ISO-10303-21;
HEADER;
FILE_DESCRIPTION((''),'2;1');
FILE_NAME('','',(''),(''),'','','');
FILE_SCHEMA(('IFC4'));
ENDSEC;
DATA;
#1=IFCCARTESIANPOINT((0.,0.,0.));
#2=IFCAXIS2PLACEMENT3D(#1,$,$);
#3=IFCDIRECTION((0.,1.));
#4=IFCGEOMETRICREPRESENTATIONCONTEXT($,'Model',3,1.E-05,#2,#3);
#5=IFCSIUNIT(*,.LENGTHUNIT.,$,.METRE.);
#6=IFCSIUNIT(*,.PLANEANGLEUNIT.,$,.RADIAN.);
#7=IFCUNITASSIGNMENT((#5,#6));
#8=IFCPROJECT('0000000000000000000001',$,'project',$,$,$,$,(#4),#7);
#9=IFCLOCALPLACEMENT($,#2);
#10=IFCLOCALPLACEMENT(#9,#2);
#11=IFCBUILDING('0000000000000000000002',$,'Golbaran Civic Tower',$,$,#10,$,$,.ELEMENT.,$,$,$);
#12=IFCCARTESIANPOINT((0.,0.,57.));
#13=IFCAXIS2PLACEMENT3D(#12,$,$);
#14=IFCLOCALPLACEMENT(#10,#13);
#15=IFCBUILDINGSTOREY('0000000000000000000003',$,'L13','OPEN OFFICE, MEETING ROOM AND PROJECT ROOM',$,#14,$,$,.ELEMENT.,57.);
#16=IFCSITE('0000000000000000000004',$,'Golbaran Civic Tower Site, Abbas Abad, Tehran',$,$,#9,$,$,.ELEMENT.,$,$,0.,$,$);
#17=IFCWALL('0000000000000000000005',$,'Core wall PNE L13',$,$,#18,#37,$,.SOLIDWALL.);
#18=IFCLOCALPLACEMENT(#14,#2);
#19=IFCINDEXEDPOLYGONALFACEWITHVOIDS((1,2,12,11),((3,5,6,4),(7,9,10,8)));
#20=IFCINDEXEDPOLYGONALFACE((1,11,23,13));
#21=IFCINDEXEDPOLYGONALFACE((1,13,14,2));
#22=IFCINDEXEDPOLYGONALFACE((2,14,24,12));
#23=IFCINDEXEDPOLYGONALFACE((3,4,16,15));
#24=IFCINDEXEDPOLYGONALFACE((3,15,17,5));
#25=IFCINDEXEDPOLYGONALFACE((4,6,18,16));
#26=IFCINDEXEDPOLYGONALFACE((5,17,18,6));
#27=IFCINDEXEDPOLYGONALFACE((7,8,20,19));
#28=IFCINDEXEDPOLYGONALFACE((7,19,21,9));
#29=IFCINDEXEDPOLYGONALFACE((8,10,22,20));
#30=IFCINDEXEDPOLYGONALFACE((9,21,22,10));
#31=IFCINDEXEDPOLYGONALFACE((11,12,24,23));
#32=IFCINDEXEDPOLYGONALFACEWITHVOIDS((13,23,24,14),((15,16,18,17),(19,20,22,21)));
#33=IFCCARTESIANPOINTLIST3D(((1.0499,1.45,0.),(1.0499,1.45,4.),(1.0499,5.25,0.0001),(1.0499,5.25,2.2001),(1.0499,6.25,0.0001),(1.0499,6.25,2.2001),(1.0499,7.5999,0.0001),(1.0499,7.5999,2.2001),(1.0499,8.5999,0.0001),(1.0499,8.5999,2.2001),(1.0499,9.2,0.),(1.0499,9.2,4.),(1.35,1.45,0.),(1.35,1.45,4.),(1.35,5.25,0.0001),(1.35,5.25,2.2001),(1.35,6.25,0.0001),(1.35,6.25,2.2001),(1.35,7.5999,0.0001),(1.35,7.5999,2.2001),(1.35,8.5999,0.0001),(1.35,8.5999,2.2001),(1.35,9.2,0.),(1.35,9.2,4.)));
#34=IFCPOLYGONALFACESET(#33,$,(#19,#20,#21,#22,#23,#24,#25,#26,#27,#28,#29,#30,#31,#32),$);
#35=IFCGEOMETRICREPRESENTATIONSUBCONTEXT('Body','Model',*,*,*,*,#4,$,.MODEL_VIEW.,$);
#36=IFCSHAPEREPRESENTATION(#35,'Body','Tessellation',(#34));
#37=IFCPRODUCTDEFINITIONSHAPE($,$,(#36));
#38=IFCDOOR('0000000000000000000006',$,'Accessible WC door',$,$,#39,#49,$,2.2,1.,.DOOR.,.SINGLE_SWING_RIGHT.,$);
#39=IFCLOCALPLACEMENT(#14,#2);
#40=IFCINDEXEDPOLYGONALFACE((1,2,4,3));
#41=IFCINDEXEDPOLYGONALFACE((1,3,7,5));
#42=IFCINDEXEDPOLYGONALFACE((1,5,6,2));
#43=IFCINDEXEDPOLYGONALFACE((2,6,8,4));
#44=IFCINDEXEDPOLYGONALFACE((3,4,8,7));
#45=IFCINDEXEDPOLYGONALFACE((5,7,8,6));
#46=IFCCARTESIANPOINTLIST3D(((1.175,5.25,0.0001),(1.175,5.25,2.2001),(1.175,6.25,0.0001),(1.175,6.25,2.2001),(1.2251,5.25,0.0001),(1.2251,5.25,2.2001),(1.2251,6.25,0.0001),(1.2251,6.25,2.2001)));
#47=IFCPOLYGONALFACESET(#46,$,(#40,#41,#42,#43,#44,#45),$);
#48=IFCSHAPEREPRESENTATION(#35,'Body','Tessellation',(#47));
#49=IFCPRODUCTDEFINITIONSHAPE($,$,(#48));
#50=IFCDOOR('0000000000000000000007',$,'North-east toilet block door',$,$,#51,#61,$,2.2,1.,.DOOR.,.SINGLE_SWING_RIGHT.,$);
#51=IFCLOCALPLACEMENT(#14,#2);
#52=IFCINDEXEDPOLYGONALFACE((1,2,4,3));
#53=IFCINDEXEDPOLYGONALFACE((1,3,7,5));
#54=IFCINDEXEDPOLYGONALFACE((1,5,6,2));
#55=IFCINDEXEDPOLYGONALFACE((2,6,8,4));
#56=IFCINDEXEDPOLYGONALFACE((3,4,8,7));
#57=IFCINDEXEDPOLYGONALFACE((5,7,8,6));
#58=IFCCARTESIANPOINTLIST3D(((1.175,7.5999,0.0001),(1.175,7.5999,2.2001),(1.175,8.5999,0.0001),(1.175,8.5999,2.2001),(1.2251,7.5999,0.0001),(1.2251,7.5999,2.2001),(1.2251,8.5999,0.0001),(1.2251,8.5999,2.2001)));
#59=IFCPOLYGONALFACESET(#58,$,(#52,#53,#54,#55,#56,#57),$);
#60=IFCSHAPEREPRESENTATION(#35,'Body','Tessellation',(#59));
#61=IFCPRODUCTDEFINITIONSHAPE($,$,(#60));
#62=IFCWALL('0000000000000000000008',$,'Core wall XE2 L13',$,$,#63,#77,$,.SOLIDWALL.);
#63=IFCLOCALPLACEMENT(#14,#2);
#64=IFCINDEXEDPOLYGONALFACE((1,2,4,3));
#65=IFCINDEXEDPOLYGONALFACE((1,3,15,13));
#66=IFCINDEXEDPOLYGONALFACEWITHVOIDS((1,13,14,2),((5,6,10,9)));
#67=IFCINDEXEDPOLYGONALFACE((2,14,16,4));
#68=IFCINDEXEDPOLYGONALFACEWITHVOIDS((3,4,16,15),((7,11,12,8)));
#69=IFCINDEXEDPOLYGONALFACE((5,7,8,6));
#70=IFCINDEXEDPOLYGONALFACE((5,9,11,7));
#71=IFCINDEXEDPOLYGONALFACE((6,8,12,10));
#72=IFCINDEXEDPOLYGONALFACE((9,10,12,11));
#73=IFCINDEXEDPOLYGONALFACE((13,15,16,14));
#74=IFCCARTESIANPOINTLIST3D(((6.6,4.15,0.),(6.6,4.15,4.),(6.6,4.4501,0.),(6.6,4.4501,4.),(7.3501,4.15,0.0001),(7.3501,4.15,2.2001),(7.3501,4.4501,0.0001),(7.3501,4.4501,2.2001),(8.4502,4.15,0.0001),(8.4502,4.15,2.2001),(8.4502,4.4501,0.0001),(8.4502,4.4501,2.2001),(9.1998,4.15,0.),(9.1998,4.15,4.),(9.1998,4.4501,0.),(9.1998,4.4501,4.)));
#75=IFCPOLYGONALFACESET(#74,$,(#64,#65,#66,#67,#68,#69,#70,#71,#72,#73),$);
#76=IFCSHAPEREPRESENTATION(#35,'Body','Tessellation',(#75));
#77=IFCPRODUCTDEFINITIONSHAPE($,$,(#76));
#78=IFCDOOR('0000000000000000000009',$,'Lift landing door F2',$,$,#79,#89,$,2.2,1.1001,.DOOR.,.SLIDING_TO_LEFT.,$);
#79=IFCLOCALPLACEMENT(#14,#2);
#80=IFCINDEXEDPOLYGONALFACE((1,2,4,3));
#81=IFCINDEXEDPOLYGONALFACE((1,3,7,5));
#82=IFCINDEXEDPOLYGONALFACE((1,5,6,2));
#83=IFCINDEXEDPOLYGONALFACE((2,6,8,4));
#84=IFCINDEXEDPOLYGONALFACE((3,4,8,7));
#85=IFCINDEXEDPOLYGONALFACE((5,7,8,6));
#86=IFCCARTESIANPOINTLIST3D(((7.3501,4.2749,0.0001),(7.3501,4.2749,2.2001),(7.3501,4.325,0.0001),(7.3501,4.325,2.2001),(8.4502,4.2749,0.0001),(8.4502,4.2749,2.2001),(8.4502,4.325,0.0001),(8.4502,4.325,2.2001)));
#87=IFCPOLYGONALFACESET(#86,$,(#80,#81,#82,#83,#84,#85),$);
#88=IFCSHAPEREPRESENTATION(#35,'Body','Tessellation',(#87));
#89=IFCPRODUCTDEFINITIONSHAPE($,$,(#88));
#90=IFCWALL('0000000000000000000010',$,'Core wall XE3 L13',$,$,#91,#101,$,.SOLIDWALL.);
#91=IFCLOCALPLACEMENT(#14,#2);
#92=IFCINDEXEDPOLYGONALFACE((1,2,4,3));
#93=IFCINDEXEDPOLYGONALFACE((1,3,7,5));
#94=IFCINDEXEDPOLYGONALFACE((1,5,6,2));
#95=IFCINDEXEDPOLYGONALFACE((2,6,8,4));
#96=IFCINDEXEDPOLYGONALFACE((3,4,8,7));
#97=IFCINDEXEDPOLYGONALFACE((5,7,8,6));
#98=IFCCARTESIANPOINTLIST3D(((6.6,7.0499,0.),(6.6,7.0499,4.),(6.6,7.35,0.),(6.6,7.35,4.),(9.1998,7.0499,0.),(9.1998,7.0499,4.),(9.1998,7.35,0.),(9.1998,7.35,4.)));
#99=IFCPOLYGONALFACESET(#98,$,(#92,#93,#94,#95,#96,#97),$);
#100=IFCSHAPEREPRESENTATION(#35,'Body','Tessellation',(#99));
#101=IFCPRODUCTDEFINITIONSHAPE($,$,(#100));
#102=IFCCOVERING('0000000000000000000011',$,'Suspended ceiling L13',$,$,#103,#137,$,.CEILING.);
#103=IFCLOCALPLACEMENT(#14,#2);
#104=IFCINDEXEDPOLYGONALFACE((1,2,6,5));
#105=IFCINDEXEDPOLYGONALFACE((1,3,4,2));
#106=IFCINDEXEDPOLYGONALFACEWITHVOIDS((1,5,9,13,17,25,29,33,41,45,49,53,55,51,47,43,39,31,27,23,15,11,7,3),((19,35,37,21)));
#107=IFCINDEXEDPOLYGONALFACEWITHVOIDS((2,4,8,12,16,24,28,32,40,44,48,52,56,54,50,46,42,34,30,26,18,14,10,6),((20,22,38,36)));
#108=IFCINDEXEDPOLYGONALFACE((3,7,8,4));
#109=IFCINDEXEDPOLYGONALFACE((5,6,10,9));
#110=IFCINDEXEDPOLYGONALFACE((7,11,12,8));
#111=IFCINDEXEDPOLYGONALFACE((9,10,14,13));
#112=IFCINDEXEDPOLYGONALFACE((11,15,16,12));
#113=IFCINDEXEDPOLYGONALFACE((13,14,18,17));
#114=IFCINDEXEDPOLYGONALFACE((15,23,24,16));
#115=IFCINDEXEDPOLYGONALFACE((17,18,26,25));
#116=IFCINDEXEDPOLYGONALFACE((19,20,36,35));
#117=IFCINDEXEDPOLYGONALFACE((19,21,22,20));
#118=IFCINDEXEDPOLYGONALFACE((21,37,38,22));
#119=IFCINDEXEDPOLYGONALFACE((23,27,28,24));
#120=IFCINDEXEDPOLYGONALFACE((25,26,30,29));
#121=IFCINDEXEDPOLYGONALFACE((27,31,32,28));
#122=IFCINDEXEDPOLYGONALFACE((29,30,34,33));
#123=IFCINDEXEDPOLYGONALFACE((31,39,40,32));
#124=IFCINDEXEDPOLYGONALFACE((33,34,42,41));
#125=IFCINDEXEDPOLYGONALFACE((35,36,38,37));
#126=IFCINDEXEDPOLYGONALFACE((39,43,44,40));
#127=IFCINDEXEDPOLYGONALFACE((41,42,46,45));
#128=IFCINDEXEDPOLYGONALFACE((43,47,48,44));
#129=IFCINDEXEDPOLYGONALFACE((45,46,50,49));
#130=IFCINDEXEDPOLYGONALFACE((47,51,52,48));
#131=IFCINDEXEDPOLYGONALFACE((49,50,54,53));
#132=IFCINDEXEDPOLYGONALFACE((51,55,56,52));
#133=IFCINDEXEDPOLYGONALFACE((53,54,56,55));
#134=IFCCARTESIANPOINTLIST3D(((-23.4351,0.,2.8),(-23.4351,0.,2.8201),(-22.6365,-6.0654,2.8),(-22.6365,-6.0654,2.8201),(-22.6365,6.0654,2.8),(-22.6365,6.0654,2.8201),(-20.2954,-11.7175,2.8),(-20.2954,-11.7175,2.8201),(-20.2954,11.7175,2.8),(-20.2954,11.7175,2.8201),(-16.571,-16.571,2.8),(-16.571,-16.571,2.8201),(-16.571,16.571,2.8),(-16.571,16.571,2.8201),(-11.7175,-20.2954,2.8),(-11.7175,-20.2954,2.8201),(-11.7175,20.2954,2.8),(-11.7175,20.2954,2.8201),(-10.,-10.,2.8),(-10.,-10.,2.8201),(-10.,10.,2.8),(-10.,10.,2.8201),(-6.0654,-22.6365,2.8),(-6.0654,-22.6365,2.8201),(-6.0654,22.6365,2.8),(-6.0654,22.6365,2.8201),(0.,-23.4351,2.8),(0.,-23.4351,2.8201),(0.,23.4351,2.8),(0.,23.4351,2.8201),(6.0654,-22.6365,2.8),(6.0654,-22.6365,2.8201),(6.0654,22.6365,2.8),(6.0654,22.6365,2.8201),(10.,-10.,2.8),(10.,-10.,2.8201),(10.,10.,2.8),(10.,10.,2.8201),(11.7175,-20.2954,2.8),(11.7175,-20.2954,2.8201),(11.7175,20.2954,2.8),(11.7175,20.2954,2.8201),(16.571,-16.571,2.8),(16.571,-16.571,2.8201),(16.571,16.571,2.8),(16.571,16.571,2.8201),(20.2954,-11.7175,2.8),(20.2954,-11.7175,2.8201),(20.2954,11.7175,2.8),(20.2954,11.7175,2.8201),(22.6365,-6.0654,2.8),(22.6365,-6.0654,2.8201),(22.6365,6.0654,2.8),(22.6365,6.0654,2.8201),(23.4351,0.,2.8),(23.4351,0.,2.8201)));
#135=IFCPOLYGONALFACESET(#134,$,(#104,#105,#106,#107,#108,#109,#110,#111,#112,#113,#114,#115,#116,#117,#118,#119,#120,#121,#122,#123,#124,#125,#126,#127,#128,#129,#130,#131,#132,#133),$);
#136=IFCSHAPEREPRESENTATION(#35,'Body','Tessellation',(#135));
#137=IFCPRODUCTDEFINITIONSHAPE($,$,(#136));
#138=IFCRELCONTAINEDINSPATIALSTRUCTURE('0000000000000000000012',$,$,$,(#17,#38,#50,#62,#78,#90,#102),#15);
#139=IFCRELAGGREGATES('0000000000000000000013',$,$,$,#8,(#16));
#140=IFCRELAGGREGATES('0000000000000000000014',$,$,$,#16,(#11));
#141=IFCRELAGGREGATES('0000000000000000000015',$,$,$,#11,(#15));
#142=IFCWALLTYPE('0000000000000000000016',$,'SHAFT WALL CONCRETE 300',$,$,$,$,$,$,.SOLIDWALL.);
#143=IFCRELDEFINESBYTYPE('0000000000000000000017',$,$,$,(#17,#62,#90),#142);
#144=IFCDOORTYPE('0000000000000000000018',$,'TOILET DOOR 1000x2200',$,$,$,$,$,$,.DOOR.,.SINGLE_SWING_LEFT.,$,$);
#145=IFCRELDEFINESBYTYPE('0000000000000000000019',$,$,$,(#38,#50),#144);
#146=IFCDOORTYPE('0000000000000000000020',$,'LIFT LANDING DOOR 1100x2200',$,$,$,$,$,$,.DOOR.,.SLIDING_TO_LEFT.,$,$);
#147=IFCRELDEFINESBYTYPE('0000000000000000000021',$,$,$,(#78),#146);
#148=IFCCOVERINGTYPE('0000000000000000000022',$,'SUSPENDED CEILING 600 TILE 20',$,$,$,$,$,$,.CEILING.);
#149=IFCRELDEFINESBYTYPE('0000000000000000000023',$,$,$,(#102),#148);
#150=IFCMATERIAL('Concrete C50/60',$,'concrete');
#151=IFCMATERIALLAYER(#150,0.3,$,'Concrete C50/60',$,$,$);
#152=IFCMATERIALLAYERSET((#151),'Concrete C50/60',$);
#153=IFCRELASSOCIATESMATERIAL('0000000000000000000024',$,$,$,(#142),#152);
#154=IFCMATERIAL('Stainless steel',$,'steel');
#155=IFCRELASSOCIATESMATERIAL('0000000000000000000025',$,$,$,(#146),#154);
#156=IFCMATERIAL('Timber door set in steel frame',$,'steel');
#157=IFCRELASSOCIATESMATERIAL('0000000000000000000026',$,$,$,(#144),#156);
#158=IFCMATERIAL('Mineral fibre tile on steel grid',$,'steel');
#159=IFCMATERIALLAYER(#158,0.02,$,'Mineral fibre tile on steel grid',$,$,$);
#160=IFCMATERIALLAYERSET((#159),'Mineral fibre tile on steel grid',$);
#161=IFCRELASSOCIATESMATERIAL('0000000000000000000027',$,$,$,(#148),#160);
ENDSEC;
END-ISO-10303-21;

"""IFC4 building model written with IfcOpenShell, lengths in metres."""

from ifc_helpers import new_model, si_unit, direction, frame, frame_2d, origin, place, context, subcontext, project, spatial, polyline, rectangle, outline, extrude, material, layer, layer_set, type_object, element, fill, save


model = new_model("IFC4")

# Units and contexts
model_context = context("Model", 3, precision=1e-05, world=origin(), true_north=direction((0.0, 1.0)))
body_context = subcontext(model_context, "Body", "Model", "MODEL_VIEW")
ifc_project = project(units=[si_unit("LENGTHUNIT", "METRE"), si_unit("PLANEANGLEUNIT", "RADIAN")], contexts=[model_context])

# Site, building, storey
site_placement = place(None, origin())
site = spatial("IfcSite", under=ifc_project, at=site_placement, Name="Golbaran Civic Tower Site, Abbas Abad, Tehran", CompositionType="ELEMENT", RefElevation=0.0)
building_placement = place(site_placement, origin())
building = spatial("IfcBuilding", under=site, at=building_placement, Name="Golbaran Civic Tower", CompositionType="ELEMENT")
storey_placement = place(building_placement, frame((0.0, 0.0, 57.0)))
storey = spatial("IfcBuildingStorey", under=building, at=storey_placement, Name="L13", Description="OPEN OFFICE, MEETING ROOM AND PROJECT ROOM", CompositionType="ELEMENT", Elevation=57.0)

# Shared definitions
ifc_material_1 = material(Name="Timber door set in steel frame", Category="steel")

# Shared definitions
ifc_material_2 = material(Name="Concrete C50/60", Category="concrete")

# Shared definitions
ifc_layer_1 = layer(ifc_material_2, 0.3, Name="Concrete C50/60")
ifc_layer_set_1 = layer_set([ifc_layer_1], Name="Concrete C50/60")
wall_type_1 = type_object("IfcWallType", Name="SHAFT WALL CONCRETE 300", PredefinedType="SOLIDWALL", material=ifc_layer_set_1)
ifc_material_3 = material(Name="Stainless steel", Category="steel")
door_type_1 = type_object("IfcDoorType", Name="LIFT LANDING DOOR 1100x2200", OperationType="SLIDING_TO_LEFT", PredefinedType="DOOR", material=ifc_material_3)

# Wall, openings, doors
wall_1_placement = place(storey_placement, frame((1.2, 1.45, 0.0), z_axis=(0.0, 0.0, 1.0), x_axis=(0.0, 1.0, 0.0)))
wall_1 = element("IfcWall", 1, at=wall_1_placement, inside=storey, type_object=wall_type_1, Name="Core wall PNE L13", PredefinedType="SOLIDWALL", context=body_context, shape_type="SweptSolid", body=[
    extrude(rectangle(XDim=7.75, YDim=0.3, at=frame_2d((3.875, 0.0))), origin(), (0.0, 0.0, 1.0), 4.0),
])
opening_1_placement = place(wall_1_placement, frame((3.8, 0.0, 0.0)))
opening_1 = element("IfcOpeningElement", 2, at=opening_1_placement, cuts=wall_1, PredefinedType="OPENING", context=body_context, shape_type="SweptSolid", body=[
    extrude(rectangle(XDim=1.0, YDim=2.2, at=frame_2d((0.5, 1.1001))), frame((0.0, 0.1599, 0.0), z_axis=(0.0, -1.0, 0.0), x_axis=(1.0, 0.0, 0.0)), (0.0, 0.0, 1.0), 0.3201),
])
opening_2_placement = place(wall_1_placement, frame((6.1499, 0.0, 0.0)))
opening_2 = element("IfcOpeningElement", 3, at=opening_2_placement, cuts=wall_1, PredefinedType="OPENING", context=body_context, shape_type="SweptSolid", body=[
    extrude(rectangle(XDim=1.0, YDim=2.2, at=frame_2d((0.5, 1.1001))), frame((0.0, 0.1599, 0.0), z_axis=(0.0, -1.0, 0.0), x_axis=(1.0, 0.0, 0.0)), (0.0, 0.0, 1.0), 0.3201),
])
door_type_2 = type_object("IfcDoorType", Name="TOILET DOOR 1000x2200", OperationType="SINGLE_SWING_LEFT", PredefinedType="DOOR", material=ifc_material_1)
door_1_placement = place(opening_1_placement, origin())
door_1 = element("IfcDoor", 4, at=door_1_placement, inside=storey, type_object=door_type_2, Name="Accessible WC door", OperationType="SINGLE_SWING_RIGHT", OverallHeight=2.2, OverallWidth=1.0, PredefinedType="DOOR", context=body_context, shape_type="SweptSolid", body=[
    extrude(rectangle(XDim=1.0, YDim=2.2, at=frame_2d((0.5, 1.1001))), frame((0.0, 0.0249, 0.0), z_axis=(0.0, -1.0, 0.0), x_axis=(1.0, 0.0, 0.0)), (0.0, 0.0, 1.0), 0.05),
])
fill(opening_1, door_1)
door_2_placement = place(opening_2_placement, origin())
door_2 = element("IfcDoor", 5, at=door_2_placement, inside=storey, type_object=door_type_2, Name="North-east toilet block door", OperationType="SINGLE_SWING_RIGHT", OverallHeight=2.2, OverallWidth=1.0, PredefinedType="DOOR", context=body_context, shape_type="SweptSolid", body=[
    extrude(rectangle(XDim=1.0, YDim=2.2, at=frame_2d((0.5, 1.1001))), frame((0.0, 0.0249, 0.0), z_axis=(0.0, -1.0, 0.0), x_axis=(1.0, 0.0, 0.0)), (0.0, 0.0, 1.0), 0.05),
])
fill(opening_2, door_2)

# Wall, opening, door
wall_2_placement = place(storey_placement, frame((6.6001, 4.3, 0.0), z_axis=(0.0, 0.0, 1.0), x_axis=(1.0, 0.0, 0.0)))
wall_2 = element("IfcWall", 6, at=wall_2_placement, inside=storey, type_object=wall_type_1, Name="Core wall XE2 L13", PredefinedType="SOLIDWALL", context=body_context, shape_type="SweptSolid", body=[
    extrude(rectangle(XDim=2.5999, YDim=0.3, at=frame_2d((1.2998, 0.0))), origin(), (0.0, 0.0, 1.0), 4.0),
])
opening_3_placement = place(wall_2_placement, frame((0.75, 0.0, 0.0)))
opening_3 = element("IfcOpeningElement", 7, at=opening_3_placement, cuts=wall_2, PredefinedType="OPENING", context=body_context, shape_type="SweptSolid", body=[
    extrude(rectangle(XDim=1.1001, YDim=2.2, at=frame_2d((0.55, 1.1001))), frame((0.0, 0.1599, 0.0), z_axis=(0.0, -1.0, 0.0), x_axis=(1.0, 0.0, 0.0)), (0.0, 0.0, 1.0), 0.3201),
])
door_3_placement = place(opening_3_placement, origin())
door_3 = element("IfcDoor", 8, at=door_3_placement, inside=storey, type_object=door_type_1, Name="Lift landing door F2", OperationType="SLIDING_TO_LEFT", OverallHeight=2.2, OverallWidth=1.1001, PredefinedType="DOOR", context=body_context, shape_type="SweptSolid", body=[
    extrude(rectangle(XDim=1.1001, YDim=2.2, at=frame_2d((0.55, 1.1001))), frame((0.0, 0.0249, 0.0), z_axis=(0.0, -1.0, 0.0), x_axis=(1.0, 0.0, 0.0)), (0.0, 0.0, 1.0), 0.05),
])
fill(opening_3, door_3)

# Wall
wall_3_placement = place(storey_placement, frame((6.6001, 7.2, 0.0), z_axis=(0.0, 0.0, 1.0), x_axis=(1.0, 0.0, 0.0)))
element("IfcWall", 9, at=wall_3_placement, inside=storey, type_object=wall_type_1, Name="Core wall XE3 L13", PredefinedType="SOLIDWALL", context=body_context, shape_type="SweptSolid", body=[
    extrude(rectangle(XDim=2.5999, YDim=0.3, at=frame_2d((1.2998, 0.0))), origin(), (0.0, 0.0, 1.0), 4.0),
])

# Covering
ifc_material_4 = material(Name="Mineral fibre tile on steel grid", Category="steel")
ifc_layer_2 = layer(ifc_material_4, 0.02, Name="Mineral fibre tile on steel grid")
ifc_layer_set_2 = layer_set([ifc_layer_2], Name="Mineral fibre tile on steel grid")
covering_type = type_object("IfcCoveringType", Name="SUSPENDED CEILING 600 TILE 20", PredefinedType="CEILING", material=ifc_layer_set_2)
covering_placement = place(storey_placement, frame((0.0, 0.0, 2.8)))
element("IfcCovering", 10, at=covering_placement, inside=storey, type_object=covering_type, Name="Suspended ceiling L13", PredefinedType="CEILING", context=body_context, shape_type="SweptSolid", body=[
    extrude(outline(polyline([(-23.4351, 0.0), (-22.6365, 6.0654), (-20.2954, 11.7175), (-16.571, 16.571), (-11.7175, 20.2954), (-6.0654, 22.6365), (0.0, 23.4351), (6.0654, 22.6365), (11.7175, 20.2954), (16.571, 16.571), (20.2954, 11.7175), (22.6365, 6.0654), (23.4351, 0.0), (22.6365, -6.0654), (20.2954, -11.7175), (16.571, -16.571), (11.7175, -20.2954), (6.0654, -22.6365), (0.0, -23.4351), (-6.0654, -22.6365), (-11.7175, -20.2954), (-16.571, -16.571), (-20.2954, -11.7175), (-22.6365, -6.0654), (-23.4351, 0.0)]), holes=[polyline([(10.0, -10.0), (10.0, 10.0), (-10.0, 10.0), (-10.0, -10.0), (10.0, -10.0)])]), origin(), (0.0, 0.0, 1.0), 0.02),
])

save(model, "model.ifc")
